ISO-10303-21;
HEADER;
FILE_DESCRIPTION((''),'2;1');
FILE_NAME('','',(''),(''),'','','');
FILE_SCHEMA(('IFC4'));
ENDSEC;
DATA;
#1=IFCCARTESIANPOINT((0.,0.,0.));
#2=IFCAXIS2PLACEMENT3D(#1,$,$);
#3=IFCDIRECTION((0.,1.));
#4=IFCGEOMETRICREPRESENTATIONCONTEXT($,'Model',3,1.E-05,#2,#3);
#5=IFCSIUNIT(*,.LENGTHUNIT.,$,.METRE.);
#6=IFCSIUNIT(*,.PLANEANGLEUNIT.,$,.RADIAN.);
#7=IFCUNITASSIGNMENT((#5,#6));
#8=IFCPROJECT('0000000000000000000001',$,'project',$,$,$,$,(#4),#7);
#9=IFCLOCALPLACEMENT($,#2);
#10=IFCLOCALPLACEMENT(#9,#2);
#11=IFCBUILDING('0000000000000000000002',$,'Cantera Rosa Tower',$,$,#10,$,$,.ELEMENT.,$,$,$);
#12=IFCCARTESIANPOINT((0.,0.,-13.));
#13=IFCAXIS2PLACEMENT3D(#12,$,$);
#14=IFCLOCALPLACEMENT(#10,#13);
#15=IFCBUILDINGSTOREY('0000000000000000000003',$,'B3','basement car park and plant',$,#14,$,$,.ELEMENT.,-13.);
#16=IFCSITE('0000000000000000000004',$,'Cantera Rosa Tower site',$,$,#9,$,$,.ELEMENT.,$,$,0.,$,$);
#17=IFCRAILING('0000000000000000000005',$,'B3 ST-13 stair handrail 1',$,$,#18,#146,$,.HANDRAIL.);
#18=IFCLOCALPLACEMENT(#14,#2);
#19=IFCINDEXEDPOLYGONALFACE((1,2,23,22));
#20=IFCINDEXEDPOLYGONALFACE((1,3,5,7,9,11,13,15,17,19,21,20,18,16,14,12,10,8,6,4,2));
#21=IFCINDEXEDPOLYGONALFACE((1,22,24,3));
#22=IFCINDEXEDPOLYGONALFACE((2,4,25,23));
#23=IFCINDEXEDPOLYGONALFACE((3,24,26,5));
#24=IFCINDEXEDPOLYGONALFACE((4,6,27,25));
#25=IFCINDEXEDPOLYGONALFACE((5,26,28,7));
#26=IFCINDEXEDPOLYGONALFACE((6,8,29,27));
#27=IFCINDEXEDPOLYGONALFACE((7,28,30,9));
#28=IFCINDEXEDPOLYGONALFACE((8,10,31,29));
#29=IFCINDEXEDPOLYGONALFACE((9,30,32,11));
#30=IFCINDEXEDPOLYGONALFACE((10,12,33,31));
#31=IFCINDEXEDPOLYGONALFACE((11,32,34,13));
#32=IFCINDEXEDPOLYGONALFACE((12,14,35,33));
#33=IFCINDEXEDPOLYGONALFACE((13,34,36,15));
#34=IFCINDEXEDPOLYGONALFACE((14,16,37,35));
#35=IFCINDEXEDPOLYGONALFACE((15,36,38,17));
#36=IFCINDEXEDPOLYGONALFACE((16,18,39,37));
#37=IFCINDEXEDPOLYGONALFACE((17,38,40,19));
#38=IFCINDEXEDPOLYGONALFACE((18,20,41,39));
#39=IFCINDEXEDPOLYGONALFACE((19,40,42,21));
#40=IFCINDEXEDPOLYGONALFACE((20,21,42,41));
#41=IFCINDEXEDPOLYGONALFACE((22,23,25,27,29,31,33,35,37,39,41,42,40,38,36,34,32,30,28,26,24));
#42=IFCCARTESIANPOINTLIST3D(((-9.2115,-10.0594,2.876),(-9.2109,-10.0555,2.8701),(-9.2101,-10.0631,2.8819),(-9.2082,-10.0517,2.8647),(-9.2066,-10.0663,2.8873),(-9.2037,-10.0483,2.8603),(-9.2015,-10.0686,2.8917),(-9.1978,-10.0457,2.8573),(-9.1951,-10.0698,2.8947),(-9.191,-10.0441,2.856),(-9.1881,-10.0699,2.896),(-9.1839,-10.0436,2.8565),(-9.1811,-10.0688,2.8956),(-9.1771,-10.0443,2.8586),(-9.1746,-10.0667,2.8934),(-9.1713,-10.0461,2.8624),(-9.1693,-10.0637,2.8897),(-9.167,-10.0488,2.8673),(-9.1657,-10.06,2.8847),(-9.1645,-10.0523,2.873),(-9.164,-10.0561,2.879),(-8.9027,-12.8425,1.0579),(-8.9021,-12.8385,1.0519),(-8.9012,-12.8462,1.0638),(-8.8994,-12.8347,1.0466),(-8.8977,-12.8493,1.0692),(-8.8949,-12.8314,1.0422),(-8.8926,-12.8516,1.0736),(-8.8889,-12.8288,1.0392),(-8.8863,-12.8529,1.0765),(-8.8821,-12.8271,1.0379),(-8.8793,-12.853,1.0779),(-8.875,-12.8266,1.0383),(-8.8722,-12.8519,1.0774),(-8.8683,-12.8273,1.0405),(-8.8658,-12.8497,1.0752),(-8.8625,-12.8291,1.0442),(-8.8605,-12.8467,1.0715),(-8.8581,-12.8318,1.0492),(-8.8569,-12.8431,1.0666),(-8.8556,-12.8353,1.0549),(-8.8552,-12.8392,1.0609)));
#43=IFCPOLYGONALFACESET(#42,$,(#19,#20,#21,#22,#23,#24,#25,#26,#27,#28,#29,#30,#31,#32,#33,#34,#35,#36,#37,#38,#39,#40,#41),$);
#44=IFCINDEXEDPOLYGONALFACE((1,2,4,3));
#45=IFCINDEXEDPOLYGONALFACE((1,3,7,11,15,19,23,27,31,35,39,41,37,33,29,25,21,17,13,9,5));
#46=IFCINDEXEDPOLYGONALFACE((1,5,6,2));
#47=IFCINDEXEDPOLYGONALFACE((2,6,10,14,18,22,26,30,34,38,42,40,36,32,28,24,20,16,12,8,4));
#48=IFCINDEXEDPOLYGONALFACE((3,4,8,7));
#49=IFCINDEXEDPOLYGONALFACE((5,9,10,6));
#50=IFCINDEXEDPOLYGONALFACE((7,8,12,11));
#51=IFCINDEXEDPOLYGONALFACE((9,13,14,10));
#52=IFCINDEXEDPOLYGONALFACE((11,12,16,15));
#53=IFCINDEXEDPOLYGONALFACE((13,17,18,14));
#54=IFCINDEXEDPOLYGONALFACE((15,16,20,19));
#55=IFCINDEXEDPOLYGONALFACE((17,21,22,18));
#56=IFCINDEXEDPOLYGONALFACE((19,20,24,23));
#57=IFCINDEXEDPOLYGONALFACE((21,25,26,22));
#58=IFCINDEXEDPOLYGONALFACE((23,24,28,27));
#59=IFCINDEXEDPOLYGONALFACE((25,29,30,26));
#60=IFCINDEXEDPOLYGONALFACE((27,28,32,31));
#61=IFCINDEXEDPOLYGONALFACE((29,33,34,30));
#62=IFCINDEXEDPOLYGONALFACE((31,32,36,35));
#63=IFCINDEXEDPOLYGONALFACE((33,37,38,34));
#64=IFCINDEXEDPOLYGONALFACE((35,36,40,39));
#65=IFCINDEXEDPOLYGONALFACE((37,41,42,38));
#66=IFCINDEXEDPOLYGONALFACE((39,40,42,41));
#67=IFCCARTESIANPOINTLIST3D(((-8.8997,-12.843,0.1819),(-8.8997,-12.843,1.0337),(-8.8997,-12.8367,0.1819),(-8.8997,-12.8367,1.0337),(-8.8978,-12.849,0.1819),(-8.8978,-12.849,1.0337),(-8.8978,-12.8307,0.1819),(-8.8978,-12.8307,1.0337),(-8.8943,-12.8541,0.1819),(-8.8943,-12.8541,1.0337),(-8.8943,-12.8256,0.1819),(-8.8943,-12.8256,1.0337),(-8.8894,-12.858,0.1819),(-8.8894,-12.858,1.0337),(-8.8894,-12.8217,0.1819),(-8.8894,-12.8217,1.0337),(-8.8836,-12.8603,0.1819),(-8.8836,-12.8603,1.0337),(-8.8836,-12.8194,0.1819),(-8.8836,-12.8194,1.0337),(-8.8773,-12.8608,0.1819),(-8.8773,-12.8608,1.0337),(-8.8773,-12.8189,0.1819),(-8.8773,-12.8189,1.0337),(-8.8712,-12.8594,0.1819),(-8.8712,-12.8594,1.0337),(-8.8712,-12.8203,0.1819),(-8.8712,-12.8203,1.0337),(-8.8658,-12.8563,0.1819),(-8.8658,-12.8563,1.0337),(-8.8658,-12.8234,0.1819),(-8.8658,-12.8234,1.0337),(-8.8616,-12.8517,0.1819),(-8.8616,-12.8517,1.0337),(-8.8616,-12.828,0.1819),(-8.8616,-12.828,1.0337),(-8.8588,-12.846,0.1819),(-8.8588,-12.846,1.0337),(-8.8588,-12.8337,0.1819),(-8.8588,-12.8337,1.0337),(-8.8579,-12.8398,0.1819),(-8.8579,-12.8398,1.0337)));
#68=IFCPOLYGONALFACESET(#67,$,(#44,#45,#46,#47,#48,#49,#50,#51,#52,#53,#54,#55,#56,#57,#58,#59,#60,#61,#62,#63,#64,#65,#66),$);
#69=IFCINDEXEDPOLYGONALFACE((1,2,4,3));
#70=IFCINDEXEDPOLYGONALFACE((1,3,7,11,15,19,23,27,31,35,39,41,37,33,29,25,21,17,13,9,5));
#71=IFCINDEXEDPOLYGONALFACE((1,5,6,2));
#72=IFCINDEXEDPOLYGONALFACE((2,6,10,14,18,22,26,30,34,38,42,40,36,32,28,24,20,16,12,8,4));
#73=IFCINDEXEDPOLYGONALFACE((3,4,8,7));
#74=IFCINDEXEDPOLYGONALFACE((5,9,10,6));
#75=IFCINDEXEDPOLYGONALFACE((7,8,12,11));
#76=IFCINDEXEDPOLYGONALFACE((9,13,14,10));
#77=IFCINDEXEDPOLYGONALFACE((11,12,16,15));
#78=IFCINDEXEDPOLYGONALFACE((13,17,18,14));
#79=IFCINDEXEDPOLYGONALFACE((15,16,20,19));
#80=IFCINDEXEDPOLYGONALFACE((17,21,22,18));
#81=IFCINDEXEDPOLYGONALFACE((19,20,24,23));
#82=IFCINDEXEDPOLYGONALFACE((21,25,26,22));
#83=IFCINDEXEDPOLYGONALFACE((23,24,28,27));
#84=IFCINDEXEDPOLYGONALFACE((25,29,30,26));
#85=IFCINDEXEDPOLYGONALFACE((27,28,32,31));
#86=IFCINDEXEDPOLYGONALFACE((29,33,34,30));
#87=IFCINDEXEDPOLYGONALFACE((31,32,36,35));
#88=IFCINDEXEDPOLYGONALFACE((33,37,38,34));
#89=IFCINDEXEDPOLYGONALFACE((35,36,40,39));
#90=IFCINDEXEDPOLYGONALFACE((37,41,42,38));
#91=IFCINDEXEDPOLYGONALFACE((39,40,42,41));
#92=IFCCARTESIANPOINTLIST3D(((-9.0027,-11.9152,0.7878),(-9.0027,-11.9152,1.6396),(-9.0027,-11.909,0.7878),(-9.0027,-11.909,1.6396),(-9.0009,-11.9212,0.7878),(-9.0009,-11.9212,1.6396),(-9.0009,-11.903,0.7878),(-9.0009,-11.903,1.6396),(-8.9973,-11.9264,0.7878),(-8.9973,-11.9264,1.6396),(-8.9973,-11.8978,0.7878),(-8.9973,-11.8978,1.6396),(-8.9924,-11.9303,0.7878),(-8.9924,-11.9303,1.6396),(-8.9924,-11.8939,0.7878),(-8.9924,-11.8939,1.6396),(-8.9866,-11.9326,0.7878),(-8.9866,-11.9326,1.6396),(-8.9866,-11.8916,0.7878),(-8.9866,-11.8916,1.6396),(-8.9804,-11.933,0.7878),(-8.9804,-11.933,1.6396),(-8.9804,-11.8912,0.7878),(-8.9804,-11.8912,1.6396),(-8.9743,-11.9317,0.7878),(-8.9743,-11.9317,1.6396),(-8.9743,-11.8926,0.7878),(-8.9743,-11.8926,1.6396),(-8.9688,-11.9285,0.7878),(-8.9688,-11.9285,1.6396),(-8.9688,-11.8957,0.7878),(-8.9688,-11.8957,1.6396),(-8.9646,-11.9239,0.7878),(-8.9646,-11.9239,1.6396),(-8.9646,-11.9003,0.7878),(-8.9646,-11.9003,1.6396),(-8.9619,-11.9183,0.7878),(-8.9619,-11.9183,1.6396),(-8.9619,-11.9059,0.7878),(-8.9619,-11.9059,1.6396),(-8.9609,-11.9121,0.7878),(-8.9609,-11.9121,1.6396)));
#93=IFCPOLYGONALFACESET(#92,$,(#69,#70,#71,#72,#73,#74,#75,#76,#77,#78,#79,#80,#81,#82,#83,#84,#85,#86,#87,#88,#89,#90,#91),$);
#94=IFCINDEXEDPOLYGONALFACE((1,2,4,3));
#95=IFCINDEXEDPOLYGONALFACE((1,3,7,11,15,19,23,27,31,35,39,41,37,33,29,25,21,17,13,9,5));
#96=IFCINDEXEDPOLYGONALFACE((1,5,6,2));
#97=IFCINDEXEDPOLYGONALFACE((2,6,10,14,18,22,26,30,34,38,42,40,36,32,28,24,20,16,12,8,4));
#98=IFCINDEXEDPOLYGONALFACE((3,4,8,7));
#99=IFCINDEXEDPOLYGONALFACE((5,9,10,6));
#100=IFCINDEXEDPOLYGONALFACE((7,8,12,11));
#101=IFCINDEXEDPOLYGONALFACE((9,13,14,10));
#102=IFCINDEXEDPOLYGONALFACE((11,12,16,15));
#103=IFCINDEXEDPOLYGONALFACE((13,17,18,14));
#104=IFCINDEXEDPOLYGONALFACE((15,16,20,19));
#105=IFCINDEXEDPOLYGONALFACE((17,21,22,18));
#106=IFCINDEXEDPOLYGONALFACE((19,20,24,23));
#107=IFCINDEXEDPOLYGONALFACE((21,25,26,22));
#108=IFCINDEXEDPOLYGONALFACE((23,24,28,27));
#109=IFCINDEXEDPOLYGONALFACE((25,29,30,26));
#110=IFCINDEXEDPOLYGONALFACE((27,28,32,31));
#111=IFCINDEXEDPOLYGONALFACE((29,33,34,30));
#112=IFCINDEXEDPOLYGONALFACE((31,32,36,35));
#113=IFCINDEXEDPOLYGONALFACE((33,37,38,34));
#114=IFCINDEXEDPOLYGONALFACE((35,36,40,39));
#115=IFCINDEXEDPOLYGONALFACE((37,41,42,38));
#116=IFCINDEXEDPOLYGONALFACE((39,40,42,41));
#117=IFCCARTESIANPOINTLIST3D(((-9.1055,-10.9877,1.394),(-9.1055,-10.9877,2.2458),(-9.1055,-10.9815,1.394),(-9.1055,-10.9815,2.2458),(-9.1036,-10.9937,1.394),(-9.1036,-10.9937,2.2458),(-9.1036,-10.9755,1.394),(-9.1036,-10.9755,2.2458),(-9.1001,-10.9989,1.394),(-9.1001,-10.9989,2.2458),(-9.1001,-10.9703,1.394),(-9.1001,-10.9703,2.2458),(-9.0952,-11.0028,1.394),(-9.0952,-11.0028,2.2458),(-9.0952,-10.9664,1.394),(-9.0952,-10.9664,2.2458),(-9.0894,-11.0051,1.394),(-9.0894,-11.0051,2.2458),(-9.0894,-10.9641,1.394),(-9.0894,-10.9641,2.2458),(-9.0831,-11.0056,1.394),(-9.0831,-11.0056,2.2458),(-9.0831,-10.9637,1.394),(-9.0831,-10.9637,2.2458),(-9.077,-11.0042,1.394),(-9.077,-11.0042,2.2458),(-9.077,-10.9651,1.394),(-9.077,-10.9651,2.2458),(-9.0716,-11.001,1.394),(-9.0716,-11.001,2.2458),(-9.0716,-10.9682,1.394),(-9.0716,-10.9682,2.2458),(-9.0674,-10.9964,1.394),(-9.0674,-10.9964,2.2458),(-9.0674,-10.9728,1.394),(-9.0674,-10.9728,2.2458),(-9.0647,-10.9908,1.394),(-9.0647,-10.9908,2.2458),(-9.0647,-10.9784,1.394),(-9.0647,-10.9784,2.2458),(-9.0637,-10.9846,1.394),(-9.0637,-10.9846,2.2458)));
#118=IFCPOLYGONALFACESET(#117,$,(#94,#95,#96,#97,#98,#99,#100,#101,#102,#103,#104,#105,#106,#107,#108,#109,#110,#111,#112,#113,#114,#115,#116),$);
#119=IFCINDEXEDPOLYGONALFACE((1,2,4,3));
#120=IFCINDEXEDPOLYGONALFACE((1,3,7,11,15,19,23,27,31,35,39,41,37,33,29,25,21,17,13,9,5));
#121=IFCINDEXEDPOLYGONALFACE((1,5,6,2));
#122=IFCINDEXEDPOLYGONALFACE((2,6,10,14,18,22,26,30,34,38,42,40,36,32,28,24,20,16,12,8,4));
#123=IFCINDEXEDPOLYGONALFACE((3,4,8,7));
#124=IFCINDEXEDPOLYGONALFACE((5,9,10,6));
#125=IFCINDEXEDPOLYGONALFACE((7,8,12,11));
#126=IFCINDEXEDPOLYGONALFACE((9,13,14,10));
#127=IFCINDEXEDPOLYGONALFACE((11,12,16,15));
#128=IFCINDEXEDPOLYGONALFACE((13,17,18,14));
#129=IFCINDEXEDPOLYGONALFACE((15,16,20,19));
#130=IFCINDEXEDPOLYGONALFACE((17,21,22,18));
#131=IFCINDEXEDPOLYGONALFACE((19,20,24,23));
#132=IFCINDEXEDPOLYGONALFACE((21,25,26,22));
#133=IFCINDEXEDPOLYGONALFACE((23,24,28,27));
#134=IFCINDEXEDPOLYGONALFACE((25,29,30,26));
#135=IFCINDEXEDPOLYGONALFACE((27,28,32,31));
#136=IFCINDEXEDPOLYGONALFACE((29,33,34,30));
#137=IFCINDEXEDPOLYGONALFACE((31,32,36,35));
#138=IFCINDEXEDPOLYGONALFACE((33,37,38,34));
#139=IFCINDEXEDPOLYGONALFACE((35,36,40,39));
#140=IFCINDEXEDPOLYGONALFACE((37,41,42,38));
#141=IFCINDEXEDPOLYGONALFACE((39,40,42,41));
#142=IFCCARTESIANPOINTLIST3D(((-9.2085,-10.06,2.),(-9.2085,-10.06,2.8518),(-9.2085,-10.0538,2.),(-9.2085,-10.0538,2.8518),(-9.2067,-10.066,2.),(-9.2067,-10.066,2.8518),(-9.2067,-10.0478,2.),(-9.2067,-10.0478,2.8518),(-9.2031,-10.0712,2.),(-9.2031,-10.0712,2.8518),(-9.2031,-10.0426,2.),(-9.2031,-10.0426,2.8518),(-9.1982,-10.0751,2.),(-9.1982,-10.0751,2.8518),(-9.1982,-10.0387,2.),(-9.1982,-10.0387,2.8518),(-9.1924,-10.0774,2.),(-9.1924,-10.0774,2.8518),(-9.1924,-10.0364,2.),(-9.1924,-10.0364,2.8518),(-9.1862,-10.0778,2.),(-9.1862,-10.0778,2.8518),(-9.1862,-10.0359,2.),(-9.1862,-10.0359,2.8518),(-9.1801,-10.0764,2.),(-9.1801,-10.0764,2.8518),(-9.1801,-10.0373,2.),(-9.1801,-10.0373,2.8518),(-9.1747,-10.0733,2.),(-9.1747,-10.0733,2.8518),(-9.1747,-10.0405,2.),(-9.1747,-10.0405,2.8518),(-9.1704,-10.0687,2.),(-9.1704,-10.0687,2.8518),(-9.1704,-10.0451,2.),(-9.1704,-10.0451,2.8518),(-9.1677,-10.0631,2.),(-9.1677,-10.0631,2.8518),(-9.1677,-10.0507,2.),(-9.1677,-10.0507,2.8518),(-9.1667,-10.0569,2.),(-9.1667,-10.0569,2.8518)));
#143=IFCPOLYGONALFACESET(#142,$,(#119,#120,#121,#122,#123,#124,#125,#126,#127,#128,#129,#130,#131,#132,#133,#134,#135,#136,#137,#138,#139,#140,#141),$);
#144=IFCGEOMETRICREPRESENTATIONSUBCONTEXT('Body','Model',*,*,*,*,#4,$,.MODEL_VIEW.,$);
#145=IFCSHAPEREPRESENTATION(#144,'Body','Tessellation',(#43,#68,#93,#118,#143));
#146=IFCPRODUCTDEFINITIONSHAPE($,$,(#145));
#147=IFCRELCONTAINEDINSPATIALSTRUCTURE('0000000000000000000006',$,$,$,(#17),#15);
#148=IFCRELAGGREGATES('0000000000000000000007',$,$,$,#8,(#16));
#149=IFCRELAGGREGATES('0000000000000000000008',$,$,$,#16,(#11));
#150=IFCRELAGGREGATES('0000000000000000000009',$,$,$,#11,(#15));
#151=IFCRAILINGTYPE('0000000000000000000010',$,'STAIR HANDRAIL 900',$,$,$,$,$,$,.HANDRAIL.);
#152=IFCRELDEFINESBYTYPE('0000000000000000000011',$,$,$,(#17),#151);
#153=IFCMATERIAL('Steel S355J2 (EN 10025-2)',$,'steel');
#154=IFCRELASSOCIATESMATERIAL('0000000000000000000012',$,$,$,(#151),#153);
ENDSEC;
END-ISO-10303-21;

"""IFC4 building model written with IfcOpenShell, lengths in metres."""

from ifc_helpers import new_model, si_unit, direction, frame, origin, origin_2d, place, context, subcontext, project, spatial, circle, extrude, material, type_object, element, save


model = new_model("IFC4")

# Units and contexts
model_context = context("Model", 3, precision=1e-05, world=origin(), true_north=direction((0.0, 1.0)))
body_context = subcontext(model_context, "Body", "Model", "MODEL_VIEW")
ifc_project = project(units=[si_unit("LENGTHUNIT", "METRE"), si_unit("PLANEANGLEUNIT", "RADIAN")], contexts=[model_context])

# Site, building, storey
site_placement = place(None, origin())
site = spatial("IfcSite", under=ifc_project, at=site_placement, Name="Cantera Rosa Tower site", CompositionType="ELEMENT", RefElevation=0.0)
building_placement = place(site_placement, origin())
building = spatial("IfcBuilding", under=site, at=building_placement, Name="Cantera Rosa Tower", CompositionType="ELEMENT")
storey_placement = place(building_placement, frame((0.0, 0.0, -13.0)))
storey = spatial("IfcBuildingStorey", under=building, at=storey_placement, Name="B3", Description="basement car park and plant", CompositionType="ELEMENT", Elevation=-13.0)

# Railing
ifc_material_1 = material(Name="Steel S355J2 (EN 10025-2)", Category="steel")
railing_type_1 = type_object("IfcRailingType", Name="STAIR HANDRAIL 900", PredefinedType="HANDRAIL", material=ifc_material_1)
railing_1_placement = place(storey_placement, frame((-8.8789, -12.8398, 0.1819)))
element("IfcRailing", 1, at=railing_1_placement, inside=storey, type_object=railing_type_1, Name="B3 ST-13 stair handrail 1", PredefinedType="HANDRAIL", context=body_context, shape_type="SweptSolid", body=[
    extrude(circle(Radius=0.0239, at=origin_2d()), frame((0.0, 0.0, 0.876), z_axis=(-0.092507, 0.833588, 0.544586), x_axis=(-0.993899, -0.110298, 0.0)), (0.0, 0.0, 1.0), 3.3386),
    extrude(circle(Radius=0.021, at=origin_2d()), origin(), (0.0, 0.0, 1.0), 0.8518),
    extrude(circle(Radius=0.021, at=origin_2d()), frame((-0.103, 0.9277, 0.606)), (0.0, 0.0, 1.0), 0.8518),
    extrude(circle(Radius=0.021, at=origin_2d()), frame((-0.2058, 1.8552, 1.2122)), (0.0, 0.0, 1.0), 0.8518),
    extrude(circle(Radius=0.021, at=origin_2d()), frame((-0.3088, 2.783, 1.8181)), (0.0, 0.0, 1.0), 0.8518),
])

save(model, "model.ifc")
